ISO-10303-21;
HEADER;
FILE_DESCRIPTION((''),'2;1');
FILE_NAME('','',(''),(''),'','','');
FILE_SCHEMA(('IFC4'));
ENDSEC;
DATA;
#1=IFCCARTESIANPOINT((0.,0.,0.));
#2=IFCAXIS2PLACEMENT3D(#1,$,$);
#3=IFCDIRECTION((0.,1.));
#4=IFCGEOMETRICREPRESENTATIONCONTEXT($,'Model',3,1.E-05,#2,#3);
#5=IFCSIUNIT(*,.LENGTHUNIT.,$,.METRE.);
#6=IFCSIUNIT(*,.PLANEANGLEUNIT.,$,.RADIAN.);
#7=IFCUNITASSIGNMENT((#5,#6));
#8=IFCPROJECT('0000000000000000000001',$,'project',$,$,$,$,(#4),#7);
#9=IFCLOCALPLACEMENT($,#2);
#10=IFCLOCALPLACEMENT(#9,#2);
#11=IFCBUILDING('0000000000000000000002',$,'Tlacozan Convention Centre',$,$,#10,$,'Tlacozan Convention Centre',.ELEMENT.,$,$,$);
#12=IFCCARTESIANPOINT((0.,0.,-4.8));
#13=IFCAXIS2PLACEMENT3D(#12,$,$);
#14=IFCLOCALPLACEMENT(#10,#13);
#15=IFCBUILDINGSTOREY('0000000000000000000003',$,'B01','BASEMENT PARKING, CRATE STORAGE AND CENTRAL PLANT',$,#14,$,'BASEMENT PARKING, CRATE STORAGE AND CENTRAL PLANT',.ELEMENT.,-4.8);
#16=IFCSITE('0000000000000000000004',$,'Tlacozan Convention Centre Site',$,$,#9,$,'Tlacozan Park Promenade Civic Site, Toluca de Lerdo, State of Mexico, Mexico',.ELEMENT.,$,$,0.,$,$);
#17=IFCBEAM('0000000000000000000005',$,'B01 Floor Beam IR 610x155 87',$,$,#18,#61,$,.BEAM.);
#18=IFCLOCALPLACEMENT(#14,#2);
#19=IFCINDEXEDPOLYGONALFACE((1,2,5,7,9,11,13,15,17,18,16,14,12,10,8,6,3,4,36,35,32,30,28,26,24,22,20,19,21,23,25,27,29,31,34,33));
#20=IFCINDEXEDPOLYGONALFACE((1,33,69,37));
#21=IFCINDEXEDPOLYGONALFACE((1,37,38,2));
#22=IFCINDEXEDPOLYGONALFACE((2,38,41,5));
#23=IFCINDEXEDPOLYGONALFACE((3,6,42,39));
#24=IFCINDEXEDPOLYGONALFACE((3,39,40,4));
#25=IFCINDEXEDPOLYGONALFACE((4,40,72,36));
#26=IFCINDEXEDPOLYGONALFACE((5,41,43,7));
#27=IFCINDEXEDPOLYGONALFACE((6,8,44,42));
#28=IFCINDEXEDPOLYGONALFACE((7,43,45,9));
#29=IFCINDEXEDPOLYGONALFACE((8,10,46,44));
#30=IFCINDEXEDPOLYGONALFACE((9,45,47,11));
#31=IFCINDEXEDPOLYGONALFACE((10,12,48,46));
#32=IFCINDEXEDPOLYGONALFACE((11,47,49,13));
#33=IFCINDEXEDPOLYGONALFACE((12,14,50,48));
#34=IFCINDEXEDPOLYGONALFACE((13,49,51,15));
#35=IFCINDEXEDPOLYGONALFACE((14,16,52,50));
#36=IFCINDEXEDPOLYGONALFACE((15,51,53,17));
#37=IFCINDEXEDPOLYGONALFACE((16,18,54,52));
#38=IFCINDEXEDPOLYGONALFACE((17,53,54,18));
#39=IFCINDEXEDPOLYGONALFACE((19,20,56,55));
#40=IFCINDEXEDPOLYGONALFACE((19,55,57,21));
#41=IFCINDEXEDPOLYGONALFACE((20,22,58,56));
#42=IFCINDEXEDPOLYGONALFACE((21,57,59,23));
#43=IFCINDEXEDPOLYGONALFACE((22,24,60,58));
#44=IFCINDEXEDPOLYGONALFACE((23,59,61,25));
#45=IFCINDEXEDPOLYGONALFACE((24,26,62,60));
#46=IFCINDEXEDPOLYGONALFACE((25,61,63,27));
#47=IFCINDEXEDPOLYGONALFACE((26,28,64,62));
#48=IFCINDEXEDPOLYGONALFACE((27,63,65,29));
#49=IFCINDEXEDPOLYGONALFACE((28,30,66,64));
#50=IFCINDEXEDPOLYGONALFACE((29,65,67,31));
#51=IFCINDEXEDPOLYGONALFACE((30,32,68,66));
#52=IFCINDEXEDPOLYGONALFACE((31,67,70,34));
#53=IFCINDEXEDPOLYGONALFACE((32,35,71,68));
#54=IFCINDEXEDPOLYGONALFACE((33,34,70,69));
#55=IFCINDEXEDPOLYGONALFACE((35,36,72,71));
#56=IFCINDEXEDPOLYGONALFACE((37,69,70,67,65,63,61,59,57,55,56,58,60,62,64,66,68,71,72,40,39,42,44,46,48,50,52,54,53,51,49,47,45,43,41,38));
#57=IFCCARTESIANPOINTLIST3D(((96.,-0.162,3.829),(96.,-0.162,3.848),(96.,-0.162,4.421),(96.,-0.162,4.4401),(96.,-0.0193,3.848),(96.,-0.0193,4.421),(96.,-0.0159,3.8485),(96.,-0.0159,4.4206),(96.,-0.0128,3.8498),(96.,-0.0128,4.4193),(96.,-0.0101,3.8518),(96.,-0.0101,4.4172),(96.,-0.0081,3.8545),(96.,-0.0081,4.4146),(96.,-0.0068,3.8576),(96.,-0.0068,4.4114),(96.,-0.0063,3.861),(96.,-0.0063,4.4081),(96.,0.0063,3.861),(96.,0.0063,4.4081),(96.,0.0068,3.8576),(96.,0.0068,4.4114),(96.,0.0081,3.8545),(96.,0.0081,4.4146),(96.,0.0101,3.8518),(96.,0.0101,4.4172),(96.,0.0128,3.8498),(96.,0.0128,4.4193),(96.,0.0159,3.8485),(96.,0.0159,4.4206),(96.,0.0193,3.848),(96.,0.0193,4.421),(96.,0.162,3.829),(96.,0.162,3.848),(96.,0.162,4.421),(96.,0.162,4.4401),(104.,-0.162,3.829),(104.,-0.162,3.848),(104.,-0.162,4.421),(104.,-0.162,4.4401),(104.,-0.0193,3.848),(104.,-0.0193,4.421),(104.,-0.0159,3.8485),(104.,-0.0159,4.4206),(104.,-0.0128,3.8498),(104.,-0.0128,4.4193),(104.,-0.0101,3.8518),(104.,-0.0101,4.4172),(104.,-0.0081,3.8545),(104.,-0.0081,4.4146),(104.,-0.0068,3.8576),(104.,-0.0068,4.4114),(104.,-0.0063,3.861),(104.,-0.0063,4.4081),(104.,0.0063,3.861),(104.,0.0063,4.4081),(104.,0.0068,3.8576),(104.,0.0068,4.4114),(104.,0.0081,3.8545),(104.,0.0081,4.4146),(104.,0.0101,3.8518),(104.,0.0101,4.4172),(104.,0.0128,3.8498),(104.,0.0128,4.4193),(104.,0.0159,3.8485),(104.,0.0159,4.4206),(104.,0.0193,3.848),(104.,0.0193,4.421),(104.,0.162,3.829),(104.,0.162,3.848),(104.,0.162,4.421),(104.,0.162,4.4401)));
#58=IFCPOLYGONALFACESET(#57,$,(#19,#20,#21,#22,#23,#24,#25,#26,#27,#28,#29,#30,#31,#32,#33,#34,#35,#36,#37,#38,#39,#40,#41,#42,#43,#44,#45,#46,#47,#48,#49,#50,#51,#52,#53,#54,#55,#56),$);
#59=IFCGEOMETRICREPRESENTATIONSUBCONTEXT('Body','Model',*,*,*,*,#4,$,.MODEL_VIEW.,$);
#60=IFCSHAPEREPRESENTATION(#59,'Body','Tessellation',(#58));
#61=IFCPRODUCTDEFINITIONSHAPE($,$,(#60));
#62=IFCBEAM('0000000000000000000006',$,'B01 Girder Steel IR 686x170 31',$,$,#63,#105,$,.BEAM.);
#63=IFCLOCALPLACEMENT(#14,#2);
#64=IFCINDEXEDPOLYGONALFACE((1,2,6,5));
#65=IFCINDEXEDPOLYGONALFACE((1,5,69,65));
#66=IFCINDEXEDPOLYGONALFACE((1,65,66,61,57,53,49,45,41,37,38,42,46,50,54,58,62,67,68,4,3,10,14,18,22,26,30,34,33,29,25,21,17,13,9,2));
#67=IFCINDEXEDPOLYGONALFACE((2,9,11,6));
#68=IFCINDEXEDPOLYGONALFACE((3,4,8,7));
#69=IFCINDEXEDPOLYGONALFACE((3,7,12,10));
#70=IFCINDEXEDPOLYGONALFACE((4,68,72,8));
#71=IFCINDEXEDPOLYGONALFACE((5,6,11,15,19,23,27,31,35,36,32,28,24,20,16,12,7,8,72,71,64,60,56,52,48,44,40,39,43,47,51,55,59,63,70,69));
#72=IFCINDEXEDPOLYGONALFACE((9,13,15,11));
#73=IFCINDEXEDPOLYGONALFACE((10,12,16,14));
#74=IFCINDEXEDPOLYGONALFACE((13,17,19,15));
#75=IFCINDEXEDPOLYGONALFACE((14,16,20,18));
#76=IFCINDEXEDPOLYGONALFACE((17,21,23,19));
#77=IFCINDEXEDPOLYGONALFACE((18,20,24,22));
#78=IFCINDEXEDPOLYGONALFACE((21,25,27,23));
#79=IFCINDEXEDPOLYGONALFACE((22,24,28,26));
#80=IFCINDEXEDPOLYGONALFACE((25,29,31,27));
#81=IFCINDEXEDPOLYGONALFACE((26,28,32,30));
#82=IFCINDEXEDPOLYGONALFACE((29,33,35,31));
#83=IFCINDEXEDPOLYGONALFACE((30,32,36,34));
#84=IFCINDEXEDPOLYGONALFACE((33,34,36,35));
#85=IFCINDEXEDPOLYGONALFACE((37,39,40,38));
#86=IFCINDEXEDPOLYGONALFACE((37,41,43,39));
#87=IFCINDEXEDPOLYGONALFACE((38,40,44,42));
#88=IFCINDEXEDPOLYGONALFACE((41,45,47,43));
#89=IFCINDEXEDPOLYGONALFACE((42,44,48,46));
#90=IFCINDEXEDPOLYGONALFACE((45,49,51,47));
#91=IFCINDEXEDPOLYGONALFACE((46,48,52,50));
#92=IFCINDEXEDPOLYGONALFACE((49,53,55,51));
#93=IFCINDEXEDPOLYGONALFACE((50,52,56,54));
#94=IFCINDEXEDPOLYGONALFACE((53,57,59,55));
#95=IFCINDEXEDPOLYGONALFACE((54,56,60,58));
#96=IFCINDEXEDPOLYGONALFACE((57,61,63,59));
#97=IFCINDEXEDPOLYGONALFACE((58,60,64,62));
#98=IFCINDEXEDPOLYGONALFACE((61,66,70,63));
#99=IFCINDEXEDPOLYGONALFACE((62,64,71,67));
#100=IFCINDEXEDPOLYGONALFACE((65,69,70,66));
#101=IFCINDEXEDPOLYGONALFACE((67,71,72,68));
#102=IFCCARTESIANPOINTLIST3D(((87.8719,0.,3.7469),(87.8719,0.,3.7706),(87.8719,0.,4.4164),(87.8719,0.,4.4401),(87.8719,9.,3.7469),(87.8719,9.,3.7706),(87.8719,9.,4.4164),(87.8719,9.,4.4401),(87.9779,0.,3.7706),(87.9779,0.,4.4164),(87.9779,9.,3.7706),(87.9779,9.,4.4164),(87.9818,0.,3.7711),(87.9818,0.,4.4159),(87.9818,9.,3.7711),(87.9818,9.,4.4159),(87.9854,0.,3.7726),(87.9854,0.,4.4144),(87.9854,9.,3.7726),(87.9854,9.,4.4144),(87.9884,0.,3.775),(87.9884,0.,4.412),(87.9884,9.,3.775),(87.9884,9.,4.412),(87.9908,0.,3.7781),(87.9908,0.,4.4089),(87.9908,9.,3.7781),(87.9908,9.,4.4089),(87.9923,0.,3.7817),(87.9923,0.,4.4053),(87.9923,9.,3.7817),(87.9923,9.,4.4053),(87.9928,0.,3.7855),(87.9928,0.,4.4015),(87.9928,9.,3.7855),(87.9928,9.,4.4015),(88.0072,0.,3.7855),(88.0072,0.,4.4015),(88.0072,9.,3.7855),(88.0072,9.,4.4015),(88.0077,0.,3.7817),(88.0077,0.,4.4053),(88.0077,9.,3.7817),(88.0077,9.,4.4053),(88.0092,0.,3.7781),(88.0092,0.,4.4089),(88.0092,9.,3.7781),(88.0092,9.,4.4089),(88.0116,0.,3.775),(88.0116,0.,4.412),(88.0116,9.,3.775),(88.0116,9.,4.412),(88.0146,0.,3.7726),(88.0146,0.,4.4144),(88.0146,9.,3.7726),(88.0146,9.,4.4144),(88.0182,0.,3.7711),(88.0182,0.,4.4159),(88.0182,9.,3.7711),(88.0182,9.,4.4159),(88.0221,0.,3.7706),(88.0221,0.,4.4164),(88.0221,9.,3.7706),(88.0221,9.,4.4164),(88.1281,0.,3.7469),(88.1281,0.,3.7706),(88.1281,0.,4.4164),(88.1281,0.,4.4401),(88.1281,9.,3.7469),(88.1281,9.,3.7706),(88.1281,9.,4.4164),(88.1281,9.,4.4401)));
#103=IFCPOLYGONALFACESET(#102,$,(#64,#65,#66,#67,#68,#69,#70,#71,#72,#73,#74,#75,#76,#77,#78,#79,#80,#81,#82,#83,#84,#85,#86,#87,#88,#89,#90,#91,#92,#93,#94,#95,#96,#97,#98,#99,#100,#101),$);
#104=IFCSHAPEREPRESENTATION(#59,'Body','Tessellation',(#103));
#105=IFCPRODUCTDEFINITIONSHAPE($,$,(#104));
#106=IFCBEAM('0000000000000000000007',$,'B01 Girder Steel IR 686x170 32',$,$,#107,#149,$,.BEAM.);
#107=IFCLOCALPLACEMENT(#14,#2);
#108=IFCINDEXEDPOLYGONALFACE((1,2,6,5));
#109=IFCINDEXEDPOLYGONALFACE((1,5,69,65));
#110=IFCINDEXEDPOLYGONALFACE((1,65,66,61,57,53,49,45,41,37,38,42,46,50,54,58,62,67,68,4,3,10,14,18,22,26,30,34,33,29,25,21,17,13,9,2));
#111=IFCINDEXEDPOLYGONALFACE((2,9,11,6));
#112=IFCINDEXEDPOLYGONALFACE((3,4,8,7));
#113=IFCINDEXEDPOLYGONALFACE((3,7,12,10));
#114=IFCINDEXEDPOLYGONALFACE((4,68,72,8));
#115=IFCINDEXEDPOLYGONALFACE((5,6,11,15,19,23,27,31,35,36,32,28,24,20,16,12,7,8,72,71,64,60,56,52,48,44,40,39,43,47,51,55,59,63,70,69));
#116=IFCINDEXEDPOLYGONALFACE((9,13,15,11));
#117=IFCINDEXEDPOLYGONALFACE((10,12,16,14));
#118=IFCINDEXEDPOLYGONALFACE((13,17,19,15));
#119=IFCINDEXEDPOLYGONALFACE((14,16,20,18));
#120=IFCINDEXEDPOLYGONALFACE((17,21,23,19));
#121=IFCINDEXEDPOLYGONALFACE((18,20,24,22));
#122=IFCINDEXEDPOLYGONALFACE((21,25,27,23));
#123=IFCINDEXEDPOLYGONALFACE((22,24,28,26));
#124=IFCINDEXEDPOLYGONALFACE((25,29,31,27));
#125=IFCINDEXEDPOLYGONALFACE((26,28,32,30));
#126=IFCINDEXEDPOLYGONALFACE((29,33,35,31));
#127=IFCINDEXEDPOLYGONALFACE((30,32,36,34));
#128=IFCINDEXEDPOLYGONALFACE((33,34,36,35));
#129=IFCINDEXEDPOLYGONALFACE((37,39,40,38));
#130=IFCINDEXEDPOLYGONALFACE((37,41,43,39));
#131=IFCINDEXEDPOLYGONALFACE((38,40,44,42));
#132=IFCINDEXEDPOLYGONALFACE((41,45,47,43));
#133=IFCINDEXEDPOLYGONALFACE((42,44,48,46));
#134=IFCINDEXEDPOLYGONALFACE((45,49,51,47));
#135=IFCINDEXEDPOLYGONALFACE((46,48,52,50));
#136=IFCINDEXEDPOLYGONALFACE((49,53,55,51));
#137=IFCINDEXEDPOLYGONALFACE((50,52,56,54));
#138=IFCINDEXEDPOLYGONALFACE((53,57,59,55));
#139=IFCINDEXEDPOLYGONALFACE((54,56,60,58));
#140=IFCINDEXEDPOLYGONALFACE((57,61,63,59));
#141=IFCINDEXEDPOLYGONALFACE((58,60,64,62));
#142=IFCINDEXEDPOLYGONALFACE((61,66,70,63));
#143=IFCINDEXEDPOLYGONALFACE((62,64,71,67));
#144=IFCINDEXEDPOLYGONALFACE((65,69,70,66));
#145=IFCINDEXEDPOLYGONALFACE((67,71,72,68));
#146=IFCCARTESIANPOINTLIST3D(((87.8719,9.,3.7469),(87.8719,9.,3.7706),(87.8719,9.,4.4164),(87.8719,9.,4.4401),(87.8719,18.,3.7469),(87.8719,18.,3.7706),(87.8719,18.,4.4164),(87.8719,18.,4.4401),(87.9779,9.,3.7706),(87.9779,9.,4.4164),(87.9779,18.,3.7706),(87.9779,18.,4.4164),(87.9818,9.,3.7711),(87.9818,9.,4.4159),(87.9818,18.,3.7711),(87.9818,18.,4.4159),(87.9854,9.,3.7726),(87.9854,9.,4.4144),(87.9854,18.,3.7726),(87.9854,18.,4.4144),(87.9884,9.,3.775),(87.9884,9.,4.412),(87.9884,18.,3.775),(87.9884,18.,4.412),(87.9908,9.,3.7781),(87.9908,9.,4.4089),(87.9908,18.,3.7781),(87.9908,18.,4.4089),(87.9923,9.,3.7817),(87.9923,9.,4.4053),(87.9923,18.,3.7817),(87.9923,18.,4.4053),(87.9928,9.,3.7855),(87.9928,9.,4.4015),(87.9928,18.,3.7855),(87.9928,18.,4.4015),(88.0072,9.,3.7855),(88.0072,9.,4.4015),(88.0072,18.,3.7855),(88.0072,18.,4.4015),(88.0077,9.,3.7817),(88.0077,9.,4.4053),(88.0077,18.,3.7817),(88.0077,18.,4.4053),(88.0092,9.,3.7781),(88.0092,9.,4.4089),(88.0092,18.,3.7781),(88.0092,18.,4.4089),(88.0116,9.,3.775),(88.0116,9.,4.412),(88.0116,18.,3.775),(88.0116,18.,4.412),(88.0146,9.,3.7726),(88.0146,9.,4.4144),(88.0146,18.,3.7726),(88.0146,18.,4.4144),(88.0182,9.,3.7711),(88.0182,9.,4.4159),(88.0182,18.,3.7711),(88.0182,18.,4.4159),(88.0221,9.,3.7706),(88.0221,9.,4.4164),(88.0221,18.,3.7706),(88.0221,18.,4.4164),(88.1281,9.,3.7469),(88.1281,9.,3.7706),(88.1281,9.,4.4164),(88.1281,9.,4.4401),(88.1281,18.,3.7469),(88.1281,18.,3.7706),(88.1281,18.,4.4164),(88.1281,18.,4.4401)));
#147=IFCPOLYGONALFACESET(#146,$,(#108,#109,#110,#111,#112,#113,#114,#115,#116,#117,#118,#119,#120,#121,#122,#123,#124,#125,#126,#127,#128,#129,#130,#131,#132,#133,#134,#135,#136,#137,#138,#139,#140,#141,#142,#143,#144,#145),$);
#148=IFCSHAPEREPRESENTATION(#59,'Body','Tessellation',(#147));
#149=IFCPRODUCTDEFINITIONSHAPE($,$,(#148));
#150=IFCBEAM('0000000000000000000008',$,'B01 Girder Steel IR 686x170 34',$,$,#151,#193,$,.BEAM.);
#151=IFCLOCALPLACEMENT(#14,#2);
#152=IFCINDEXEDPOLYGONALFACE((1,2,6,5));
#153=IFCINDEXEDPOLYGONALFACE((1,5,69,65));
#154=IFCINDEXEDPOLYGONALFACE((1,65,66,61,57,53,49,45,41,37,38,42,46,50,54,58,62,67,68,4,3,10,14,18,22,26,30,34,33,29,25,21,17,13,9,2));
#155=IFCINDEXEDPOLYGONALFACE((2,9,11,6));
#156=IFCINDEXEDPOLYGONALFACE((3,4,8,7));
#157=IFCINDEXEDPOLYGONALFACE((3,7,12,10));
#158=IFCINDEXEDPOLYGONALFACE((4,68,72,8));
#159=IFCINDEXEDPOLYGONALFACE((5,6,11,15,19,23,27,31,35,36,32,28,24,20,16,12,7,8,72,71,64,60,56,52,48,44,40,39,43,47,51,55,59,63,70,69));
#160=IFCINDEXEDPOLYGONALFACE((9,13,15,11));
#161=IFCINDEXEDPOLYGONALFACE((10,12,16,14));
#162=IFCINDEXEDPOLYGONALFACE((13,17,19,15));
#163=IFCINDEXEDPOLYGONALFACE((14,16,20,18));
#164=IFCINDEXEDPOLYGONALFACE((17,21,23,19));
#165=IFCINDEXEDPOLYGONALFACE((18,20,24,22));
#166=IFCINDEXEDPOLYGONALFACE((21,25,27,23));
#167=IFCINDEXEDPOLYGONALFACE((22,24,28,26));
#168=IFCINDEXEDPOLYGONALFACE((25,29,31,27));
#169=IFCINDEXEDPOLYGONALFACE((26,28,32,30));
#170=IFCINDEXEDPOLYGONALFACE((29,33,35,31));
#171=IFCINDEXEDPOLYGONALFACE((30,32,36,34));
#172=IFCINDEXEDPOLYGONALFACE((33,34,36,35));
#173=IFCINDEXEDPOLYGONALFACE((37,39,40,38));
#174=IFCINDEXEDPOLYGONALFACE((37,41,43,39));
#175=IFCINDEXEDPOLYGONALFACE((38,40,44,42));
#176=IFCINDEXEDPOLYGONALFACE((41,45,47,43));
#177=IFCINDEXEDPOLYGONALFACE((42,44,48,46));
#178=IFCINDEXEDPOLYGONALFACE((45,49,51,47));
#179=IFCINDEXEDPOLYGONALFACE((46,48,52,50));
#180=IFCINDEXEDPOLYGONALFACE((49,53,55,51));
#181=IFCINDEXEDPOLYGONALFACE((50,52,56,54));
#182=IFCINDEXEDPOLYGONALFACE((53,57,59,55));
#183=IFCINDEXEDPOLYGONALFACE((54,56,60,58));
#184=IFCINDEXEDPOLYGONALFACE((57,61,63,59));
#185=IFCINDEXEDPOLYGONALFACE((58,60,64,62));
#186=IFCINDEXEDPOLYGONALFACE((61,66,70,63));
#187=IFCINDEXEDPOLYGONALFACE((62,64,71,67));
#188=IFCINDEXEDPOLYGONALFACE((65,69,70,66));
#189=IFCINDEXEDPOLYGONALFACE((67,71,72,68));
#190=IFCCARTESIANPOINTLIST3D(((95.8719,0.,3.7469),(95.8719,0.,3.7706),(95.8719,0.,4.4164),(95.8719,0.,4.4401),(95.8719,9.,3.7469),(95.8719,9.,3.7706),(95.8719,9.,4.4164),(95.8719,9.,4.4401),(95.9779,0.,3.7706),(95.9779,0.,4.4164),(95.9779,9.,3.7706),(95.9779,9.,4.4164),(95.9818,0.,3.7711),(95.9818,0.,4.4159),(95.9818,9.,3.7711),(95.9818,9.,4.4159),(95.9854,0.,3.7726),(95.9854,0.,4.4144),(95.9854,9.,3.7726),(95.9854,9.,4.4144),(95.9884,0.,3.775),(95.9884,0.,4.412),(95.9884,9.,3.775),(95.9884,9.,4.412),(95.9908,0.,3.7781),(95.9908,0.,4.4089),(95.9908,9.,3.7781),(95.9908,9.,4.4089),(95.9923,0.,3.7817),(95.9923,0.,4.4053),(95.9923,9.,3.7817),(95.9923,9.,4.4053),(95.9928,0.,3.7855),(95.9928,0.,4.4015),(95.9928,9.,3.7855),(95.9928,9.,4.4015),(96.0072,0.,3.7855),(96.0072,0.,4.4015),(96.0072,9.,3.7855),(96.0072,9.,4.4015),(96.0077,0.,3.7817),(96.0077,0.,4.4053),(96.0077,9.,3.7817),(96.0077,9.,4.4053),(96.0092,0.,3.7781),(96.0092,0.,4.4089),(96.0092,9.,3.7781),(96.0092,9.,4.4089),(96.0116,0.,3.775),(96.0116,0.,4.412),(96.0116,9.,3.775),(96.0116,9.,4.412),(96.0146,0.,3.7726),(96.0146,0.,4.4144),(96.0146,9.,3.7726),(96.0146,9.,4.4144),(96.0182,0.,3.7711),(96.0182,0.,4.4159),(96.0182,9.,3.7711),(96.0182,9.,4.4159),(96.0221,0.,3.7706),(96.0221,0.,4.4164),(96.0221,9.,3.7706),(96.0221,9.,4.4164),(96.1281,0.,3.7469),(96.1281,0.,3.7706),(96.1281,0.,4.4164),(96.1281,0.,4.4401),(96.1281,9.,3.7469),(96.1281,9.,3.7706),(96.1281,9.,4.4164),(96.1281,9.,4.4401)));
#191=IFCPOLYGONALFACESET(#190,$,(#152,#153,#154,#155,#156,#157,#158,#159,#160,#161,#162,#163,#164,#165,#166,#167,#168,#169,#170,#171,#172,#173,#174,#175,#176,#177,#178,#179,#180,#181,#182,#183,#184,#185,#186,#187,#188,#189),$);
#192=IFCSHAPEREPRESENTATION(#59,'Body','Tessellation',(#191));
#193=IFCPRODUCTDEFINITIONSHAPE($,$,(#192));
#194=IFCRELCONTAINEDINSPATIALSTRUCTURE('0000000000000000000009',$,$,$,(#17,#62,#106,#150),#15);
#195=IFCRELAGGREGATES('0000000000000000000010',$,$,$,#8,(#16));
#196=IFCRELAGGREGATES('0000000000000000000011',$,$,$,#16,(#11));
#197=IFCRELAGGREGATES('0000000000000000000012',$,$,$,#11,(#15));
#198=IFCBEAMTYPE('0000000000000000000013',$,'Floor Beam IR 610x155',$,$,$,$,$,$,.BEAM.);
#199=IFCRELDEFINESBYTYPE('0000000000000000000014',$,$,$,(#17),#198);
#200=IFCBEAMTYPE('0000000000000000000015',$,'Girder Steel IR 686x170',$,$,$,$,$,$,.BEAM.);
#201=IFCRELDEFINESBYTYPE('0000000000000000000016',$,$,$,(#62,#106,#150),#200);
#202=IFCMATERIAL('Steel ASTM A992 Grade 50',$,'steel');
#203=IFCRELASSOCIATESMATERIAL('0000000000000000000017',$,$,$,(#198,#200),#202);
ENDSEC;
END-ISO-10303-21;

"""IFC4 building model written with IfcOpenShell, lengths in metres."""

from ifc_helpers import new_model, si_unit, direction, frame, origin, origin_2d, place, context, subcontext, project, spatial, i_section, extrude, material, material_profile, profile_set, type_object, element, save


model = new_model("IFC4")

# Units and contexts
model_context = context("Model", 3, precision=1e-05, world=origin(), true_north=direction((0.0, 1.0)))
body_context = subcontext(model_context, "Body", "Model", "MODEL_VIEW")
ifc_project = project(units=[si_unit("LENGTHUNIT", "METRE"), si_unit("PLANEANGLEUNIT", "RADIAN")], contexts=[model_context])

# Site, building, storey
site_placement = place(None, origin())
site = spatial("IfcSite", under=ifc_project, at=site_placement, Name="Tlacozan Convention Centre Site", LongName="Tlacozan Park Promenade Civic Site, Toluca de Lerdo, State of Mexico, Mexico", CompositionType="ELEMENT", RefElevation=0.0)
building_placement = place(site_placement, origin())
building = spatial("IfcBuilding", under=site, at=building_placement, Name="Tlacozan Convention Centre", LongName="Tlacozan Convention Centre", CompositionType="ELEMENT")
storey_placement = place(building_placement, frame((0.0, 0.0, -4.8)))
storey = spatial("IfcBuildingStorey", under=building, at=storey_placement, Name="B01", Description="BASEMENT PARKING, CRATE STORAGE AND CENTRAL PLANT", LongName="BASEMENT PARKING, CRATE STORAGE AND CENTRAL PLANT", CompositionType="ELEMENT", Elevation=-4.8)

# Beams
ifc_material_1 = material(Name="Steel ASTM A992 Grade 50", Category="steel")
ifc_material_profile_1 = material_profile(ifc_material_1, i_section(OverallWidth=0.324, OverallDepth=0.6111, WebThickness=0.0127, FlangeThickness=0.019, FilletRadius=0.0129, at=origin_2d()), Name="IR 610x155.0")
ifc_profile_set_1 = profile_set([ifc_material_profile_1], Name="Steel ASTM A992 Grade 50")
beam_type_1 = type_object("IfcBeamType", Name="Floor Beam IR 610x155", PredefinedType="BEAM", material=ifc_profile_set_1)
for number, where, z_axis, x_axis, name in (
    (1, (96.0, 0.0, 4.1345), (1.0, 0.0, 0.0), (0.0, 1.0, 0.0), "B01 Floor Beam IR 610x155 87"),
):
    element("IfcBeam", number, at=place(storey_placement, frame(where, z_axis=z_axis, x_axis=x_axis)), inside=storey, type_object=beam_type_1, Name=name, PredefinedType="BEAM", context=body_context, shape_type="SweptSolid", body=[
        extrude(i_section(OverallWidth=0.324, OverallDepth=0.6111, WebThickness=0.0127, FlangeThickness=0.019, FilletRadius=0.0129, at=origin_2d()), origin(), (0.0, 0.0, 1.0), 8.0),
    ])
ifc_material_profile_2 = material_profile(ifc_material_1, i_section(OverallWidth=0.2561, OverallDepth=0.6931, WebThickness=0.0144, FlangeThickness=0.0237, FilletRadius=0.0149, at=origin_2d()), Name="IR 686x170.0")
ifc_profile_set_2 = profile_set([ifc_material_profile_2], Name="Steel ASTM A992 Grade 50")
beam_type_2 = type_object("IfcBeamType", Name="Girder Steel IR 686x170", PredefinedType="BEAM", material=ifc_profile_set_2)
for number, where, z_axis, x_axis, name in (
    (2, (88.0, 0.0, 4.0935), (0.0, 1.0, 0.0), (-1.0, 0.0, 0.0), "B01 Girder Steel IR 686x170 31"),
    (3, (88.0, 9.0, 4.0935), (0.0, 1.0, 0.0), (-1.0, 0.0, 0.0), "B01 Girder Steel IR 686x170 32"),
    (4, (96.0, 0.0, 4.0935), (0.0, 1.0, 0.0), (-1.0, 0.0, 0.0), "B01 Girder Steel IR 686x170 34"),
):
    element("IfcBeam", number, at=place(storey_placement, frame(where, z_axis=z_axis, x_axis=x_axis)), inside=storey, type_object=beam_type_2, Name=name, PredefinedType="BEAM", context=body_context, shape_type="SweptSolid", body=[
        extrude(i_section(OverallWidth=0.2561, OverallDepth=0.6931, WebThickness=0.0144, FlangeThickness=0.0237, FilletRadius=0.0149, at=origin_2d()), origin(), (0.0, 0.0, 1.0), 9.0),
    ])

save(model, "model.ifc")
